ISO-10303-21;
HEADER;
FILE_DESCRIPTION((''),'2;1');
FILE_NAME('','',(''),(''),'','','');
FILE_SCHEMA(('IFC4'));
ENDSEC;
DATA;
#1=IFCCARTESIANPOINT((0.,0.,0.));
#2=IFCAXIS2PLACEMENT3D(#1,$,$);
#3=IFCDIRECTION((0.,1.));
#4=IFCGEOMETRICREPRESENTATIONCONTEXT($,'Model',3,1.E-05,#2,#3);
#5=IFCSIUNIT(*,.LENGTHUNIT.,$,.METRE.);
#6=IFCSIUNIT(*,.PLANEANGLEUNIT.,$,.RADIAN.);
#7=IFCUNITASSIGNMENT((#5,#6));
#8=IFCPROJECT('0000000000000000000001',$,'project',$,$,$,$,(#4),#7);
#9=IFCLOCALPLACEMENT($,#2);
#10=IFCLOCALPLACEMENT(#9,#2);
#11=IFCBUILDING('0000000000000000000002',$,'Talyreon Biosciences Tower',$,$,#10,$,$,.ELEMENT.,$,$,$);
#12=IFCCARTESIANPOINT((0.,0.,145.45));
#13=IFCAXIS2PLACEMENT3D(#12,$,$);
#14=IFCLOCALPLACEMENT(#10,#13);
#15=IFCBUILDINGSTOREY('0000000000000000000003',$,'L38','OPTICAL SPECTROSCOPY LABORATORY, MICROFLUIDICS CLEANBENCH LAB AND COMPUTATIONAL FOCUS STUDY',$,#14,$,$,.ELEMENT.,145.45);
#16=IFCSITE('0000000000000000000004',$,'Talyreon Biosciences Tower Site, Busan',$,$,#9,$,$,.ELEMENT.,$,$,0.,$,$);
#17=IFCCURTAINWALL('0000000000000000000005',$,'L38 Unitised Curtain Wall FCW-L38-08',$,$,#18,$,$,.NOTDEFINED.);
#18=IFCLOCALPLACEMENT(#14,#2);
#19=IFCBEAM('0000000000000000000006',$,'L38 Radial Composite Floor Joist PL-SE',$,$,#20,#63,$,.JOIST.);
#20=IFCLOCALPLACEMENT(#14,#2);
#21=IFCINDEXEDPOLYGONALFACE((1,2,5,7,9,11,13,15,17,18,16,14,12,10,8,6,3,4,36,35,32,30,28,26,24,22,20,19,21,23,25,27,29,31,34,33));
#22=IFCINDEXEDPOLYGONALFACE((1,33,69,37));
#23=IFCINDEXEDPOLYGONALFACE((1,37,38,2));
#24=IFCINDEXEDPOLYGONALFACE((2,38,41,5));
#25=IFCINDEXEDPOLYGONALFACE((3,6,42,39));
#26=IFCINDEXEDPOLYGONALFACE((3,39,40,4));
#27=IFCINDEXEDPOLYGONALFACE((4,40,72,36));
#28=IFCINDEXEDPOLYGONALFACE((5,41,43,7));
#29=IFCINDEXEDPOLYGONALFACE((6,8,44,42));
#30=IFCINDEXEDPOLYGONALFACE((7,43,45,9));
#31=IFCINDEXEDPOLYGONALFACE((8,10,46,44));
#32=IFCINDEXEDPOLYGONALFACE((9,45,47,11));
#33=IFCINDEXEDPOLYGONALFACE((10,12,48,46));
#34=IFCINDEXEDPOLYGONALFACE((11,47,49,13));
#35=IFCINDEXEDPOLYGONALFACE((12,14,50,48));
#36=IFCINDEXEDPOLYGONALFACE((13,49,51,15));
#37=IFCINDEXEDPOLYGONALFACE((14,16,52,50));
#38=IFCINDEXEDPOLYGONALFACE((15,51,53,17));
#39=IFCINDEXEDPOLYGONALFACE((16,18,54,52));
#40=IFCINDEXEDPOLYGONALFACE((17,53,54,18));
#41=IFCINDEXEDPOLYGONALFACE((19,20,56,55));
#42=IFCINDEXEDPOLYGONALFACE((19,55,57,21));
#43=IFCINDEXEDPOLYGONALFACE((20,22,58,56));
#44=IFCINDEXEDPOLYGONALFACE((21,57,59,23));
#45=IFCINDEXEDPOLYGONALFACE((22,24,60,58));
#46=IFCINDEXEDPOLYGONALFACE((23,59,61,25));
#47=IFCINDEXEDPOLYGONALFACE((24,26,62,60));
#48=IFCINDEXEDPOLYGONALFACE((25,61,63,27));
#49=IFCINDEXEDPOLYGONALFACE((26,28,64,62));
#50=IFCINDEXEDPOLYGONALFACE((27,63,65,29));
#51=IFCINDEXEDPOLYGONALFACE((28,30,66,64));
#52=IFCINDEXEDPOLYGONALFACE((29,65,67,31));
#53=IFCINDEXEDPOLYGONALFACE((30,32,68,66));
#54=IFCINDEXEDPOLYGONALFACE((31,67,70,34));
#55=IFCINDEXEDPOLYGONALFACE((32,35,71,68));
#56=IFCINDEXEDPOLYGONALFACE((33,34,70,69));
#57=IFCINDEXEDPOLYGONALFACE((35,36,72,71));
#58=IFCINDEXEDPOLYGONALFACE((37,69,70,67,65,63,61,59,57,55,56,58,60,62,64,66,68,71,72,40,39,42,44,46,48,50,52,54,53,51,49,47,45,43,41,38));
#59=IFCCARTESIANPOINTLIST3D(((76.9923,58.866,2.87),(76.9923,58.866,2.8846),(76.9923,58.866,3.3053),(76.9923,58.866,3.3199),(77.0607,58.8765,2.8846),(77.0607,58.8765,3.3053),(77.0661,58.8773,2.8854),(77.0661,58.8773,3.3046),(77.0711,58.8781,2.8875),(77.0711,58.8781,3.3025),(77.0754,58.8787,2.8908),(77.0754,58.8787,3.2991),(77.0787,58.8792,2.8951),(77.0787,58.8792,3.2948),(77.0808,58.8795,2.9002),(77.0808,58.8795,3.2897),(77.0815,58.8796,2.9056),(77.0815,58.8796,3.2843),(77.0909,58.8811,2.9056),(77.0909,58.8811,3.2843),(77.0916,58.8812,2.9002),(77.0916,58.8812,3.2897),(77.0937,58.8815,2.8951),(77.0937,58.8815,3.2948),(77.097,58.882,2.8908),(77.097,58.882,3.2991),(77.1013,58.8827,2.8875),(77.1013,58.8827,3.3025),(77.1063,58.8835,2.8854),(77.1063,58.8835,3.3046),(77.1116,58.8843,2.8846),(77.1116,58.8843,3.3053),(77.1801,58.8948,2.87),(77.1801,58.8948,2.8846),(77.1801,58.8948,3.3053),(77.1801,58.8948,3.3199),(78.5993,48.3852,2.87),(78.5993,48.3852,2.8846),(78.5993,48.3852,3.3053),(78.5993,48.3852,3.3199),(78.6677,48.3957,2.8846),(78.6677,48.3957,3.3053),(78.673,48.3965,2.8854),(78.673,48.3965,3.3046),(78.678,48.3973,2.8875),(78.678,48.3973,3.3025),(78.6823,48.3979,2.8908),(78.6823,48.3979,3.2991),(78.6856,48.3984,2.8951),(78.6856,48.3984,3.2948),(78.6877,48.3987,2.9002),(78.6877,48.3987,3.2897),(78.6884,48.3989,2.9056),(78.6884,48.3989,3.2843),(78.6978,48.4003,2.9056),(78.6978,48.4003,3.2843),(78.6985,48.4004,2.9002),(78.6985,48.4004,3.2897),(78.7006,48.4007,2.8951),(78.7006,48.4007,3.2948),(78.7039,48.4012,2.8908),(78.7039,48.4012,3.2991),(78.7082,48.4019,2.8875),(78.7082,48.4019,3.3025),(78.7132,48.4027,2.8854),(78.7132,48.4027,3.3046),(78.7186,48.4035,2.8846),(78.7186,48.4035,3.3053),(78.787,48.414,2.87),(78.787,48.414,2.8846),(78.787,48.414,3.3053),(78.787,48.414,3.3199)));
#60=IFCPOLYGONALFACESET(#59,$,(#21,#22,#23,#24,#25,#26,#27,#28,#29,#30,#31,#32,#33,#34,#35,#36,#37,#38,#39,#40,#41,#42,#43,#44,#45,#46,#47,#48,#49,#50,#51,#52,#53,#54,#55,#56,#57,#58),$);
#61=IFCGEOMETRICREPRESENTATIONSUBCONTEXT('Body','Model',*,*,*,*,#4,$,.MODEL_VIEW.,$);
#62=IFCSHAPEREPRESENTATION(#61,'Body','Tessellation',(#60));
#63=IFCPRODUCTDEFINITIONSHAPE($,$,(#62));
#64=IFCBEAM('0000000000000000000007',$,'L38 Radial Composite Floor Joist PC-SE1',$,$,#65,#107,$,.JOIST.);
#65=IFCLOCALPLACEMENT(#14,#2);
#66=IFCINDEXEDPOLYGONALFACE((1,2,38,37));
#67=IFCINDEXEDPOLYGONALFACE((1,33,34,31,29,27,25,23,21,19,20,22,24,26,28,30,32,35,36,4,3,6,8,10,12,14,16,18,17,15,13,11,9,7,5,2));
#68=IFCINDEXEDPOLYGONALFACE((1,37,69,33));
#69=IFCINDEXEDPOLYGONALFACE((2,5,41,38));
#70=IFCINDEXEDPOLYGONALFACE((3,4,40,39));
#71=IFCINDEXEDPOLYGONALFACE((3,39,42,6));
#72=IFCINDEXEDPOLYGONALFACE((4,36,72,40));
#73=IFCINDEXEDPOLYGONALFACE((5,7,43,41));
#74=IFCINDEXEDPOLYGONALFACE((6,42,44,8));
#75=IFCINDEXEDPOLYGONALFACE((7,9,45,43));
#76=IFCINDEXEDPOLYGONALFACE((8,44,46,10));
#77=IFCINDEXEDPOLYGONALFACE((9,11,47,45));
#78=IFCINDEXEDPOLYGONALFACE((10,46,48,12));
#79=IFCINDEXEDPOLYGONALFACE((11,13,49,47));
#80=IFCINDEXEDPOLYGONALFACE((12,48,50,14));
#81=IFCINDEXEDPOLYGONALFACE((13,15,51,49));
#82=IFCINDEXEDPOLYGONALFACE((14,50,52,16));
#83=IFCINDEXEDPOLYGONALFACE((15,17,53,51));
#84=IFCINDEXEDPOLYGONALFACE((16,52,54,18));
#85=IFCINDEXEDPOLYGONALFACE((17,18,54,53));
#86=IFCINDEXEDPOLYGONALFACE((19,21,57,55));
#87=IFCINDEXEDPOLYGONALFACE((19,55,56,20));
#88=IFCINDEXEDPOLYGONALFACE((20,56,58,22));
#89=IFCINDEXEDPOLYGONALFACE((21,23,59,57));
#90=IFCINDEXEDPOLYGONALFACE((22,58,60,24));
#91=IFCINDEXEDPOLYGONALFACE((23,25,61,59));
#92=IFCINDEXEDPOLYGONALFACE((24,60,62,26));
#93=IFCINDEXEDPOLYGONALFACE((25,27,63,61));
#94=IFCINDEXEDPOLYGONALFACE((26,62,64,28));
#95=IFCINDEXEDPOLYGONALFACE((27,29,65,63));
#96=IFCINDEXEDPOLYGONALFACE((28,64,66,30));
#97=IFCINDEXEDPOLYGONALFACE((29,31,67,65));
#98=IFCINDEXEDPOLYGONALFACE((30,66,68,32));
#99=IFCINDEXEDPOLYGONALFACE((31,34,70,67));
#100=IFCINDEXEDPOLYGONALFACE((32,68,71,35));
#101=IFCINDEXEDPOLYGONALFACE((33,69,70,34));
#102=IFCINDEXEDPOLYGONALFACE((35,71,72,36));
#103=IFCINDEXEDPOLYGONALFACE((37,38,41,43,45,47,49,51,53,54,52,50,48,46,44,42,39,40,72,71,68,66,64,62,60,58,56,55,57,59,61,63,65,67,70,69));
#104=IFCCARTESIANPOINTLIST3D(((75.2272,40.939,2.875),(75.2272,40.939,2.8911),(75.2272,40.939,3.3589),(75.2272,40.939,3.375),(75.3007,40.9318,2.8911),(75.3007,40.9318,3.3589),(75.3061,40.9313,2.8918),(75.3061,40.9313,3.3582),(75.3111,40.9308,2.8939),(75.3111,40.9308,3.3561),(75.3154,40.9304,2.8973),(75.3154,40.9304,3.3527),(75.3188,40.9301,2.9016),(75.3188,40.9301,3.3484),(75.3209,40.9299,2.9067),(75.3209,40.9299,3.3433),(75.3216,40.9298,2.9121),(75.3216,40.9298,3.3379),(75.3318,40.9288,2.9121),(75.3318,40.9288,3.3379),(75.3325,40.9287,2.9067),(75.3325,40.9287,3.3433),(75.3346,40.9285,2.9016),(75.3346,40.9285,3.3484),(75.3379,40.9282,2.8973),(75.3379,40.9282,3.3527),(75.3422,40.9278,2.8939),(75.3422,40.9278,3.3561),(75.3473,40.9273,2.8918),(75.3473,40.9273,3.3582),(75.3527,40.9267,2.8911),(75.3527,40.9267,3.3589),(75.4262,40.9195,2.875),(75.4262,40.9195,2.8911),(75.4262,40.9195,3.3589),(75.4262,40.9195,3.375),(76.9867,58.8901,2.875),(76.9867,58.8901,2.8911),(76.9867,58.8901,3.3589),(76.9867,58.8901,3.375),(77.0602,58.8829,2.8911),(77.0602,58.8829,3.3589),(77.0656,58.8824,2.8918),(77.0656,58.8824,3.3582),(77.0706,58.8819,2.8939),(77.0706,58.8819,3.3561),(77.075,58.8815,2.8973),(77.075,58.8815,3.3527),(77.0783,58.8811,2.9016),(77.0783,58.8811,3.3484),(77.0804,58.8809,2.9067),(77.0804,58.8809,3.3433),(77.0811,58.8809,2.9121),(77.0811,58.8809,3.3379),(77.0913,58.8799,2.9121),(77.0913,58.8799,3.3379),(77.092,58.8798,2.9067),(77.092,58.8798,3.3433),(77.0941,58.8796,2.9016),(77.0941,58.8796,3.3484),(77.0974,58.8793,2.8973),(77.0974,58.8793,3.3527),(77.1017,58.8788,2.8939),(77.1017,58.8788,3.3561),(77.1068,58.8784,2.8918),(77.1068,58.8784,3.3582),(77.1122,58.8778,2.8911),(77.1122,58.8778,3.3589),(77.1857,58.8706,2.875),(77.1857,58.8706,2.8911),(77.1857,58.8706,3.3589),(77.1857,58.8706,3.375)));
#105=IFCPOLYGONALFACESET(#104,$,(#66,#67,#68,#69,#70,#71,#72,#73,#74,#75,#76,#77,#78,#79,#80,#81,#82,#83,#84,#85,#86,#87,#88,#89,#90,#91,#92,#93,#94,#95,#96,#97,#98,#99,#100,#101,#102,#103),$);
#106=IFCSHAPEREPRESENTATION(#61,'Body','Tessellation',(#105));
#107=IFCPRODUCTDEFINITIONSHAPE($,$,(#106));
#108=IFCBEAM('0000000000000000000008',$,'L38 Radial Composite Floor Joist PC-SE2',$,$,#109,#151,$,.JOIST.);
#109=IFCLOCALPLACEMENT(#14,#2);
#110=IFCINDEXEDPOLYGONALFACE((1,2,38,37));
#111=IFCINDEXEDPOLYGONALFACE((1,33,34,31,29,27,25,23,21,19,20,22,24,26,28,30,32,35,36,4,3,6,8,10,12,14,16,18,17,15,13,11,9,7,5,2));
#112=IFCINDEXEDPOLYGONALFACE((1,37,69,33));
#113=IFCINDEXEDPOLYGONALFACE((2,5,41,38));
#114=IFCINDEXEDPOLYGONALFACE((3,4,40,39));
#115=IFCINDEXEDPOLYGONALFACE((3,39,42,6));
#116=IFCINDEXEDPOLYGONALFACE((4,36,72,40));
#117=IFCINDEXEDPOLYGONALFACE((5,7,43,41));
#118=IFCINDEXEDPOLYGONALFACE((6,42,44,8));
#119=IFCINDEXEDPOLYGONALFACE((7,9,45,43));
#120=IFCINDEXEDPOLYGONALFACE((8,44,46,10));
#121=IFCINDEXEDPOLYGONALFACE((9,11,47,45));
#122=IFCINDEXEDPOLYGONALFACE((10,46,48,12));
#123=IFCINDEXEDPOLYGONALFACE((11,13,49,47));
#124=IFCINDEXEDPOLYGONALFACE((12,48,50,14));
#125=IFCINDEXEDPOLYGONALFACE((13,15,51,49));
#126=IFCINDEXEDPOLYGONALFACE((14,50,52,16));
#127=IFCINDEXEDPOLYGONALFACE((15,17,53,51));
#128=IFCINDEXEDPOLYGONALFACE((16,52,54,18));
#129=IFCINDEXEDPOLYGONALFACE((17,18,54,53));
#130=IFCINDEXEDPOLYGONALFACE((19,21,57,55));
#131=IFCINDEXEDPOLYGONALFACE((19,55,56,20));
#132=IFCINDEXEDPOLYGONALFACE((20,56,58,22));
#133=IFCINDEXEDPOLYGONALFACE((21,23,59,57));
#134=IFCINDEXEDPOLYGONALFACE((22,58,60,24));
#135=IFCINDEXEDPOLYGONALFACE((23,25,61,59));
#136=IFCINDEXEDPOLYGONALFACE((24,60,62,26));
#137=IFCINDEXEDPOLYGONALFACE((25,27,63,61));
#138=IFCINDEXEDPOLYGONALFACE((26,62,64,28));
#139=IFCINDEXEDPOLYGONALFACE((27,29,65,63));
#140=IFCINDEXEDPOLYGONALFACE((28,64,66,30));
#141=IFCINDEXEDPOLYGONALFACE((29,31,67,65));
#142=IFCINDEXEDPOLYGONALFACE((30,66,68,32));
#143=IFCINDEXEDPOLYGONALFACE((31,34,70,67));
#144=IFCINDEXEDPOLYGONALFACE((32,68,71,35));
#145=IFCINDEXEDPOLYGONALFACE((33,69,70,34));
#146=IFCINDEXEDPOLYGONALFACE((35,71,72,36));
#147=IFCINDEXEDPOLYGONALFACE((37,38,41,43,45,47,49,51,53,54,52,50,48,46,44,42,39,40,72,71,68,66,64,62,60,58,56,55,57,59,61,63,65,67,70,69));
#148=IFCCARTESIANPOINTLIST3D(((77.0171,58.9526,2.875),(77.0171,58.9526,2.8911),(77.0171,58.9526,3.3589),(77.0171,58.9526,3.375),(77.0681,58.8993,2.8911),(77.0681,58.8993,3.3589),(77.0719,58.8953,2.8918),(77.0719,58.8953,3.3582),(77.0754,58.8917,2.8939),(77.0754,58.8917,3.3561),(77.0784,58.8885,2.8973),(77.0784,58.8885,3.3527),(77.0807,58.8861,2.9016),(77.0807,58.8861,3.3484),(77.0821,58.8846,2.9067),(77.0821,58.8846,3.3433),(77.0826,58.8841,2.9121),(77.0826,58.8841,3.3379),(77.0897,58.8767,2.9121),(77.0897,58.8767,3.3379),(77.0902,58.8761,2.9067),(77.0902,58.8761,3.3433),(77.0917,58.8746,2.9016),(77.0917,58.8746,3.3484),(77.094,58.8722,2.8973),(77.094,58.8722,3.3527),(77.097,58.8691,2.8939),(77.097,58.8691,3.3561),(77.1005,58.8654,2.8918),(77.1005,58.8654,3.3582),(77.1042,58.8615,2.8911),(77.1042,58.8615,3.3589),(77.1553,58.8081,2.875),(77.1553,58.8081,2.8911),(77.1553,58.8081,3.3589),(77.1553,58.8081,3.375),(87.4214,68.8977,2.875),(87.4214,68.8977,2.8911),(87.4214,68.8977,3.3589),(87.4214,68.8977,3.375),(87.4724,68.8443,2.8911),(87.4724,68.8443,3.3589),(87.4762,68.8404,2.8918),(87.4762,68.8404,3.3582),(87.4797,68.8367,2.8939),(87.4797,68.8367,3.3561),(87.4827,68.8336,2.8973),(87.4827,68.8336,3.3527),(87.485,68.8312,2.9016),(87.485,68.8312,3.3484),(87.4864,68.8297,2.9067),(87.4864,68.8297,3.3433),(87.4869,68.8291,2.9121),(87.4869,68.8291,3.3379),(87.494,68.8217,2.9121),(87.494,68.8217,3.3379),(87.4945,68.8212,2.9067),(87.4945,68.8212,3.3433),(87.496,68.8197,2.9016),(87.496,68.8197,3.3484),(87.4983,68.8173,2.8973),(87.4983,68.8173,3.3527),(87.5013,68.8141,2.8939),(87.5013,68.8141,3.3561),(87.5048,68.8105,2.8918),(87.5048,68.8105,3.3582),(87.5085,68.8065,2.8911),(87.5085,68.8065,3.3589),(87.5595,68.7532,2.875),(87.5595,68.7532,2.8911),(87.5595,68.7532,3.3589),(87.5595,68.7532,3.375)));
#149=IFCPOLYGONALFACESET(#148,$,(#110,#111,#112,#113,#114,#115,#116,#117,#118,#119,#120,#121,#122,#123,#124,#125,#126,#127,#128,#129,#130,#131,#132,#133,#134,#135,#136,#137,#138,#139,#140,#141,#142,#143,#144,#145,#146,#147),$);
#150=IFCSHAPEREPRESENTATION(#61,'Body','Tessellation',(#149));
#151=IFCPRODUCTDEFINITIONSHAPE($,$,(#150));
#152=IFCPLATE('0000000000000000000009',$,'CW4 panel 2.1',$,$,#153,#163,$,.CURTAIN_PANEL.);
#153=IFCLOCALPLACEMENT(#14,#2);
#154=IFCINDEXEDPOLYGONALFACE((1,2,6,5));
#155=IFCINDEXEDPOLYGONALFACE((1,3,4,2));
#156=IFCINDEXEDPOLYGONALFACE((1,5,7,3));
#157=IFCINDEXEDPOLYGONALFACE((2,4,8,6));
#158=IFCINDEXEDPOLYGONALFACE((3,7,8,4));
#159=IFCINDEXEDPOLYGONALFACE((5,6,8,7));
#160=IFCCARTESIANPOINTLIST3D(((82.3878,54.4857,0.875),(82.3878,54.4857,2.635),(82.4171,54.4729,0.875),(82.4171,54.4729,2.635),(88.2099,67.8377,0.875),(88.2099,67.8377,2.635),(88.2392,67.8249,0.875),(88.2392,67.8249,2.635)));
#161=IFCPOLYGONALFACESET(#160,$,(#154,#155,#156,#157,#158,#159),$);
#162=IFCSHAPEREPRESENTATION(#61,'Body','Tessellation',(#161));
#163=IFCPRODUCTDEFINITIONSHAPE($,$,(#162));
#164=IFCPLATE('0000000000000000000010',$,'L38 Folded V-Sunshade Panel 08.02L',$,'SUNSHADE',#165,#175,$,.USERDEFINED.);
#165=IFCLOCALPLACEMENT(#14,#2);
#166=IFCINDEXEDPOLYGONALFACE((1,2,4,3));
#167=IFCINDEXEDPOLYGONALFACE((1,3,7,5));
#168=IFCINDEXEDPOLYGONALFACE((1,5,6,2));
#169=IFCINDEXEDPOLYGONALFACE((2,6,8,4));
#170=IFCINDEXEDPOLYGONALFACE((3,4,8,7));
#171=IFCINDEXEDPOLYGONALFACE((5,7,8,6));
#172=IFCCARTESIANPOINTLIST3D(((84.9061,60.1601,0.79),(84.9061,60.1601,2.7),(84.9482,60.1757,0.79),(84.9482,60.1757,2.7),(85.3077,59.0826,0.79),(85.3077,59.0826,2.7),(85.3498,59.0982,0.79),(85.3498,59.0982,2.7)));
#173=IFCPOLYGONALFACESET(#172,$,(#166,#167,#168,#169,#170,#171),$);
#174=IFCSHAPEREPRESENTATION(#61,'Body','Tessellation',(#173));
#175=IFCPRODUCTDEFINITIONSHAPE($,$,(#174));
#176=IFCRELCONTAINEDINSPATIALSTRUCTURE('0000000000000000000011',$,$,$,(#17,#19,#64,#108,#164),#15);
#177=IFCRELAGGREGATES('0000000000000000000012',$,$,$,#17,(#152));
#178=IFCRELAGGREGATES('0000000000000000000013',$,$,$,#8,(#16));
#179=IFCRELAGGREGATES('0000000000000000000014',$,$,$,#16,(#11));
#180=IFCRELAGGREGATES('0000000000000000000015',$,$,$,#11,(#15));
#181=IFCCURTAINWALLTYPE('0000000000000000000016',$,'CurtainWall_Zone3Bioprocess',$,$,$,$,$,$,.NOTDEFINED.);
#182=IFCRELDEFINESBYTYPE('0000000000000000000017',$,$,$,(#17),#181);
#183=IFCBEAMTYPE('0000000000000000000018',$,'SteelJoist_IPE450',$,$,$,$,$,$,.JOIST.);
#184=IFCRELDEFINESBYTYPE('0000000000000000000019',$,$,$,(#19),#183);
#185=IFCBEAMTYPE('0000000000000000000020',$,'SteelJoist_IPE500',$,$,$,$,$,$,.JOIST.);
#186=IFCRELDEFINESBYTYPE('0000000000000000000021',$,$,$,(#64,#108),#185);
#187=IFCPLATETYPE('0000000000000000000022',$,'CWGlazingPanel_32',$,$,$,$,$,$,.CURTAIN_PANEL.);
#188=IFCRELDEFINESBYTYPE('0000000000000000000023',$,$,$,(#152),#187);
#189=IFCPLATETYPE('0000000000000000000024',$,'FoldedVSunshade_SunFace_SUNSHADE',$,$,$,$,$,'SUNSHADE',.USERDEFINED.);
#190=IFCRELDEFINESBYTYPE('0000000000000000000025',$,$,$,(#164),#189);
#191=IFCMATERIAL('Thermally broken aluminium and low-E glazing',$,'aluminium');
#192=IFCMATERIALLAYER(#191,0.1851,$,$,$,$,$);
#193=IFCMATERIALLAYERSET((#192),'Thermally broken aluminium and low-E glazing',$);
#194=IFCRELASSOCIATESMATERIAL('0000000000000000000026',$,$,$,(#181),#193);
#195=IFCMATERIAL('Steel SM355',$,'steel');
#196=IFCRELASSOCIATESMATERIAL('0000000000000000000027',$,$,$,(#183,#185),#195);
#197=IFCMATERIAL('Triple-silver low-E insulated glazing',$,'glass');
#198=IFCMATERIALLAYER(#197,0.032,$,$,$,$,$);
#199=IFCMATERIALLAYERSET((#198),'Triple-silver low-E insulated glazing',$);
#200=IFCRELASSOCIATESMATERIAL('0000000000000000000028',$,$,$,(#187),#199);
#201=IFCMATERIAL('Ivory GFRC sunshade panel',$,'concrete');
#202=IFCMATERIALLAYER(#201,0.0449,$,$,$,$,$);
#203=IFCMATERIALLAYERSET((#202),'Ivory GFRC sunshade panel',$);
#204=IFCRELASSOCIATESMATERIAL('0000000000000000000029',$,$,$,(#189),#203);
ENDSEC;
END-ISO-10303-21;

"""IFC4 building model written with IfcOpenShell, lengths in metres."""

from ifc_helpers import new_model, si_unit, direction, frame, origin, origin_2d, place, context, subcontext, project, spatial, rectangle, i_section, extrude, material, layer, layer_set, material_profile, profile_set, type_object, element, aggregate, save


model = new_model("IFC4")

# Units and contexts
model_context = context("Model", 3, precision=1e-05, world=origin(), true_north=direction((0.0, 1.0)))
body_context = subcontext(model_context, "Body", "Model", "MODEL_VIEW")
ifc_project = project(units=[si_unit("LENGTHUNIT", "METRE"), si_unit("PLANEANGLEUNIT", "RADIAN")], contexts=[model_context])

# Site, building, storey
site_placement = place(None, origin())
site = spatial("IfcSite", under=ifc_project, at=site_placement, Name="Talyreon Biosciences Tower Site, Busan", CompositionType="ELEMENT", RefElevation=0.0)
building_placement = place(site_placement, origin())
building = spatial("IfcBuilding", under=site, at=building_placement, Name="Talyreon Biosciences Tower", CompositionType="ELEMENT")
storey_placement = place(building_placement, frame((0.0, 0.0, 145.45)))
storey = spatial("IfcBuildingStorey", under=building, at=storey_placement, Name="L38", Description="OPTICAL SPECTROSCOPY LABORATORY, MICROFLUIDICS CLEANBENCH LAB AND COMPUTATIONAL FOCUS STUDY", CompositionType="ELEMENT", Elevation=145.45)

# Curtain wall
ifc_material_1 = material(Name="Thermally broken aluminium and low-E glazing", Category="aluminium")
ifc_layer_1 = layer(ifc_material_1, 0.1851)
ifc_layer_set_1 = layer_set([ifc_layer_1], Name="Thermally broken aluminium and low-E glazing")
curtain_wall_type = type_object("IfcCurtainWallType", Name="CurtainWall_Zone3Bioprocess", PredefinedType="NOTDEFINED", material=ifc_layer_set_1)
curtain_wall_placement = place(storey_placement, origin())
curtain_wall = element("IfcCurtainWall", 1, at=curtain_wall_placement, inside=storey, type_object=curtain_wall_type, Name="L38 Unitised Curtain Wall FCW-L38-08", PredefinedType="NOTDEFINED")

# Beams
ifc_material_2 = material(Name="Steel SM355", Category="steel")
ifc_material_profile_1 = material_profile(ifc_material_2, i_section(OverallWidth=0.1899, OverallDepth=0.45, WebThickness=0.0095, FlangeThickness=0.0146, FilletRadius=0.021, at=origin_2d()), Name="IPE450")
ifc_profile_set_1 = profile_set([ifc_material_profile_1], Name="Steel SM355")
beam_type_1 = type_object("IfcBeamType", Name="SteelJoist_IPE450", PredefinedType="JOIST", material=ifc_profile_set_1)
beam_1_placement = place(storey_placement, frame((77.0862, 58.8804, 3.095), z_axis=(0.151552, -0.988449, 0.0), x_axis=(0.988449, 0.151552, 0.0)))
element("IfcBeam", 2, at=beam_1_placement, inside=storey, type_object=beam_type_1, Name="L38 Radial Composite Floor Joist PL-SE", PredefinedType="JOIST", context=body_context, shape_type="SweptSolid", body=[
    extrude(i_section(OverallWidth=0.1899, OverallDepth=0.45, WebThickness=0.0095, FlangeThickness=0.0146, FilletRadius=0.021, at=origin_2d()), origin(), (0.0, 0.0, 1.0), 10.6033),
])
ifc_material_profile_2 = material_profile(ifc_material_2, i_section(OverallWidth=0.2, OverallDepth=0.5, WebThickness=0.0103, FlangeThickness=0.0161, FilletRadius=0.021, at=origin_2d()), Name="IPE500")
ifc_profile_set_2 = profile_set([ifc_material_profile_2], Name="Steel SM355")
beam_type_2 = type_object("IfcBeamType", Name="SteelJoist_IPE500", PredefinedType="JOIST", material=ifc_profile_set_2)
beam_2_placement = place(storey_placement, frame((77.0862, 58.8804, 3.125), z_axis=(-0.09755, -0.995231, 0.0), x_axis=(0.995231, -0.09755, 0.0)))
element("IfcBeam", 3, at=beam_2_placement, inside=storey, type_object=beam_type_2, Name="L38 Radial Composite Floor Joist PC-SE1", PredefinedType="JOIST", context=body_context, shape_type="SweptSolid", body=[
    extrude(i_section(OverallWidth=0.2, OverallDepth=0.5, WebThickness=0.0103, FlangeThickness=0.0161, FilletRadius=0.021, at=origin_2d()), origin(), (0.0, 0.0, 1.0), 18.0371),
])
beam_3_placement = place(storey_placement, frame((77.0862, 58.8804, 3.125), z_axis=(0.72288, 0.690973, 0.0), x_axis=(-0.690973, 0.72288, 0.0)))
element("IfcBeam", 4, at=beam_3_placement, inside=storey, type_object=beam_type_2, Name="L38 Radial Composite Floor Joist PC-SE2", PredefinedType="JOIST", context=body_context, shape_type="SweptSolid", body=[
    extrude(i_section(OverallWidth=0.2, OverallDepth=0.5, WebThickness=0.0103, FlangeThickness=0.0161, FilletRadius=0.021, at=origin_2d()), origin(), (0.0, 0.0, 1.0), 14.3928),
])

# Plates
ifc_material_3 = material(Name="Triple-silver low-E insulated glazing", Category="glass")
ifc_layer_2 = layer(ifc_material_3, 0.032)
ifc_layer_set_2 = layer_set([ifc_layer_2], Name="Triple-silver low-E insulated glazing")
plate_type_1 = type_object("IfcPlateType", Name="CWGlazingPanel_32", PredefinedType="CURTAIN_PANEL", material=ifc_layer_set_2)
plate_1_placement = place(storey_placement, frame((85.3135, 61.1553, 0.875), z_axis=(0.0, 0.0, 1.0), x_axis=(-0.399698, -0.916647, 0.0)))
plate_1 = element("IfcPlate", 5, at=plate_1_placement, type_object=plate_type_1, Name="CW4 panel 2.1", PredefinedType="CURTAIN_PANEL", context=body_context, shape_type="SweptSolid", body=[
    extrude(rectangle(XDim=14.5662, YDim=0.032, at=origin_2d()), origin(), (0.0, 0.0, 1.0), 1.76),
])
aggregate(curtain_wall, [plate_1])
ifc_material_4 = material(Name="Ivory GFRC sunshade panel", Category="concrete")
ifc_layer_3 = layer(ifc_material_4, 0.0449)
ifc_layer_set_3 = layer_set([ifc_layer_3], Name="Ivory GFRC sunshade panel")
plate_type_2 = type_object("IfcPlateType", Name="FoldedVSunshade_SunFace_SUNSHADE", ElementType="SUNSHADE", PredefinedType="USERDEFINED", material=ifc_layer_set_3)
plate_2_placement = place(storey_placement, frame((85.1279, 59.6292, 0.79), z_axis=(0.0, 0.0, 1.0), x_axis=(0.349243, -0.937032, 0.0)))
element("IfcPlate", 6, at=plate_2_placement, inside=storey, type_object=plate_type_2, Name="L38 Folded V-Sunshade Panel 08.02L", ObjectType="SUNSHADE", PredefinedType="USERDEFINED", context=body_context, shape_type="SweptSolid", body=[
    extrude(rectangle(XDim=1.1499, YDim=0.0449, at=origin_2d()), origin(), (0.0, 0.0, 1.0), 1.9099),
])

save(model, "model.ifc")
